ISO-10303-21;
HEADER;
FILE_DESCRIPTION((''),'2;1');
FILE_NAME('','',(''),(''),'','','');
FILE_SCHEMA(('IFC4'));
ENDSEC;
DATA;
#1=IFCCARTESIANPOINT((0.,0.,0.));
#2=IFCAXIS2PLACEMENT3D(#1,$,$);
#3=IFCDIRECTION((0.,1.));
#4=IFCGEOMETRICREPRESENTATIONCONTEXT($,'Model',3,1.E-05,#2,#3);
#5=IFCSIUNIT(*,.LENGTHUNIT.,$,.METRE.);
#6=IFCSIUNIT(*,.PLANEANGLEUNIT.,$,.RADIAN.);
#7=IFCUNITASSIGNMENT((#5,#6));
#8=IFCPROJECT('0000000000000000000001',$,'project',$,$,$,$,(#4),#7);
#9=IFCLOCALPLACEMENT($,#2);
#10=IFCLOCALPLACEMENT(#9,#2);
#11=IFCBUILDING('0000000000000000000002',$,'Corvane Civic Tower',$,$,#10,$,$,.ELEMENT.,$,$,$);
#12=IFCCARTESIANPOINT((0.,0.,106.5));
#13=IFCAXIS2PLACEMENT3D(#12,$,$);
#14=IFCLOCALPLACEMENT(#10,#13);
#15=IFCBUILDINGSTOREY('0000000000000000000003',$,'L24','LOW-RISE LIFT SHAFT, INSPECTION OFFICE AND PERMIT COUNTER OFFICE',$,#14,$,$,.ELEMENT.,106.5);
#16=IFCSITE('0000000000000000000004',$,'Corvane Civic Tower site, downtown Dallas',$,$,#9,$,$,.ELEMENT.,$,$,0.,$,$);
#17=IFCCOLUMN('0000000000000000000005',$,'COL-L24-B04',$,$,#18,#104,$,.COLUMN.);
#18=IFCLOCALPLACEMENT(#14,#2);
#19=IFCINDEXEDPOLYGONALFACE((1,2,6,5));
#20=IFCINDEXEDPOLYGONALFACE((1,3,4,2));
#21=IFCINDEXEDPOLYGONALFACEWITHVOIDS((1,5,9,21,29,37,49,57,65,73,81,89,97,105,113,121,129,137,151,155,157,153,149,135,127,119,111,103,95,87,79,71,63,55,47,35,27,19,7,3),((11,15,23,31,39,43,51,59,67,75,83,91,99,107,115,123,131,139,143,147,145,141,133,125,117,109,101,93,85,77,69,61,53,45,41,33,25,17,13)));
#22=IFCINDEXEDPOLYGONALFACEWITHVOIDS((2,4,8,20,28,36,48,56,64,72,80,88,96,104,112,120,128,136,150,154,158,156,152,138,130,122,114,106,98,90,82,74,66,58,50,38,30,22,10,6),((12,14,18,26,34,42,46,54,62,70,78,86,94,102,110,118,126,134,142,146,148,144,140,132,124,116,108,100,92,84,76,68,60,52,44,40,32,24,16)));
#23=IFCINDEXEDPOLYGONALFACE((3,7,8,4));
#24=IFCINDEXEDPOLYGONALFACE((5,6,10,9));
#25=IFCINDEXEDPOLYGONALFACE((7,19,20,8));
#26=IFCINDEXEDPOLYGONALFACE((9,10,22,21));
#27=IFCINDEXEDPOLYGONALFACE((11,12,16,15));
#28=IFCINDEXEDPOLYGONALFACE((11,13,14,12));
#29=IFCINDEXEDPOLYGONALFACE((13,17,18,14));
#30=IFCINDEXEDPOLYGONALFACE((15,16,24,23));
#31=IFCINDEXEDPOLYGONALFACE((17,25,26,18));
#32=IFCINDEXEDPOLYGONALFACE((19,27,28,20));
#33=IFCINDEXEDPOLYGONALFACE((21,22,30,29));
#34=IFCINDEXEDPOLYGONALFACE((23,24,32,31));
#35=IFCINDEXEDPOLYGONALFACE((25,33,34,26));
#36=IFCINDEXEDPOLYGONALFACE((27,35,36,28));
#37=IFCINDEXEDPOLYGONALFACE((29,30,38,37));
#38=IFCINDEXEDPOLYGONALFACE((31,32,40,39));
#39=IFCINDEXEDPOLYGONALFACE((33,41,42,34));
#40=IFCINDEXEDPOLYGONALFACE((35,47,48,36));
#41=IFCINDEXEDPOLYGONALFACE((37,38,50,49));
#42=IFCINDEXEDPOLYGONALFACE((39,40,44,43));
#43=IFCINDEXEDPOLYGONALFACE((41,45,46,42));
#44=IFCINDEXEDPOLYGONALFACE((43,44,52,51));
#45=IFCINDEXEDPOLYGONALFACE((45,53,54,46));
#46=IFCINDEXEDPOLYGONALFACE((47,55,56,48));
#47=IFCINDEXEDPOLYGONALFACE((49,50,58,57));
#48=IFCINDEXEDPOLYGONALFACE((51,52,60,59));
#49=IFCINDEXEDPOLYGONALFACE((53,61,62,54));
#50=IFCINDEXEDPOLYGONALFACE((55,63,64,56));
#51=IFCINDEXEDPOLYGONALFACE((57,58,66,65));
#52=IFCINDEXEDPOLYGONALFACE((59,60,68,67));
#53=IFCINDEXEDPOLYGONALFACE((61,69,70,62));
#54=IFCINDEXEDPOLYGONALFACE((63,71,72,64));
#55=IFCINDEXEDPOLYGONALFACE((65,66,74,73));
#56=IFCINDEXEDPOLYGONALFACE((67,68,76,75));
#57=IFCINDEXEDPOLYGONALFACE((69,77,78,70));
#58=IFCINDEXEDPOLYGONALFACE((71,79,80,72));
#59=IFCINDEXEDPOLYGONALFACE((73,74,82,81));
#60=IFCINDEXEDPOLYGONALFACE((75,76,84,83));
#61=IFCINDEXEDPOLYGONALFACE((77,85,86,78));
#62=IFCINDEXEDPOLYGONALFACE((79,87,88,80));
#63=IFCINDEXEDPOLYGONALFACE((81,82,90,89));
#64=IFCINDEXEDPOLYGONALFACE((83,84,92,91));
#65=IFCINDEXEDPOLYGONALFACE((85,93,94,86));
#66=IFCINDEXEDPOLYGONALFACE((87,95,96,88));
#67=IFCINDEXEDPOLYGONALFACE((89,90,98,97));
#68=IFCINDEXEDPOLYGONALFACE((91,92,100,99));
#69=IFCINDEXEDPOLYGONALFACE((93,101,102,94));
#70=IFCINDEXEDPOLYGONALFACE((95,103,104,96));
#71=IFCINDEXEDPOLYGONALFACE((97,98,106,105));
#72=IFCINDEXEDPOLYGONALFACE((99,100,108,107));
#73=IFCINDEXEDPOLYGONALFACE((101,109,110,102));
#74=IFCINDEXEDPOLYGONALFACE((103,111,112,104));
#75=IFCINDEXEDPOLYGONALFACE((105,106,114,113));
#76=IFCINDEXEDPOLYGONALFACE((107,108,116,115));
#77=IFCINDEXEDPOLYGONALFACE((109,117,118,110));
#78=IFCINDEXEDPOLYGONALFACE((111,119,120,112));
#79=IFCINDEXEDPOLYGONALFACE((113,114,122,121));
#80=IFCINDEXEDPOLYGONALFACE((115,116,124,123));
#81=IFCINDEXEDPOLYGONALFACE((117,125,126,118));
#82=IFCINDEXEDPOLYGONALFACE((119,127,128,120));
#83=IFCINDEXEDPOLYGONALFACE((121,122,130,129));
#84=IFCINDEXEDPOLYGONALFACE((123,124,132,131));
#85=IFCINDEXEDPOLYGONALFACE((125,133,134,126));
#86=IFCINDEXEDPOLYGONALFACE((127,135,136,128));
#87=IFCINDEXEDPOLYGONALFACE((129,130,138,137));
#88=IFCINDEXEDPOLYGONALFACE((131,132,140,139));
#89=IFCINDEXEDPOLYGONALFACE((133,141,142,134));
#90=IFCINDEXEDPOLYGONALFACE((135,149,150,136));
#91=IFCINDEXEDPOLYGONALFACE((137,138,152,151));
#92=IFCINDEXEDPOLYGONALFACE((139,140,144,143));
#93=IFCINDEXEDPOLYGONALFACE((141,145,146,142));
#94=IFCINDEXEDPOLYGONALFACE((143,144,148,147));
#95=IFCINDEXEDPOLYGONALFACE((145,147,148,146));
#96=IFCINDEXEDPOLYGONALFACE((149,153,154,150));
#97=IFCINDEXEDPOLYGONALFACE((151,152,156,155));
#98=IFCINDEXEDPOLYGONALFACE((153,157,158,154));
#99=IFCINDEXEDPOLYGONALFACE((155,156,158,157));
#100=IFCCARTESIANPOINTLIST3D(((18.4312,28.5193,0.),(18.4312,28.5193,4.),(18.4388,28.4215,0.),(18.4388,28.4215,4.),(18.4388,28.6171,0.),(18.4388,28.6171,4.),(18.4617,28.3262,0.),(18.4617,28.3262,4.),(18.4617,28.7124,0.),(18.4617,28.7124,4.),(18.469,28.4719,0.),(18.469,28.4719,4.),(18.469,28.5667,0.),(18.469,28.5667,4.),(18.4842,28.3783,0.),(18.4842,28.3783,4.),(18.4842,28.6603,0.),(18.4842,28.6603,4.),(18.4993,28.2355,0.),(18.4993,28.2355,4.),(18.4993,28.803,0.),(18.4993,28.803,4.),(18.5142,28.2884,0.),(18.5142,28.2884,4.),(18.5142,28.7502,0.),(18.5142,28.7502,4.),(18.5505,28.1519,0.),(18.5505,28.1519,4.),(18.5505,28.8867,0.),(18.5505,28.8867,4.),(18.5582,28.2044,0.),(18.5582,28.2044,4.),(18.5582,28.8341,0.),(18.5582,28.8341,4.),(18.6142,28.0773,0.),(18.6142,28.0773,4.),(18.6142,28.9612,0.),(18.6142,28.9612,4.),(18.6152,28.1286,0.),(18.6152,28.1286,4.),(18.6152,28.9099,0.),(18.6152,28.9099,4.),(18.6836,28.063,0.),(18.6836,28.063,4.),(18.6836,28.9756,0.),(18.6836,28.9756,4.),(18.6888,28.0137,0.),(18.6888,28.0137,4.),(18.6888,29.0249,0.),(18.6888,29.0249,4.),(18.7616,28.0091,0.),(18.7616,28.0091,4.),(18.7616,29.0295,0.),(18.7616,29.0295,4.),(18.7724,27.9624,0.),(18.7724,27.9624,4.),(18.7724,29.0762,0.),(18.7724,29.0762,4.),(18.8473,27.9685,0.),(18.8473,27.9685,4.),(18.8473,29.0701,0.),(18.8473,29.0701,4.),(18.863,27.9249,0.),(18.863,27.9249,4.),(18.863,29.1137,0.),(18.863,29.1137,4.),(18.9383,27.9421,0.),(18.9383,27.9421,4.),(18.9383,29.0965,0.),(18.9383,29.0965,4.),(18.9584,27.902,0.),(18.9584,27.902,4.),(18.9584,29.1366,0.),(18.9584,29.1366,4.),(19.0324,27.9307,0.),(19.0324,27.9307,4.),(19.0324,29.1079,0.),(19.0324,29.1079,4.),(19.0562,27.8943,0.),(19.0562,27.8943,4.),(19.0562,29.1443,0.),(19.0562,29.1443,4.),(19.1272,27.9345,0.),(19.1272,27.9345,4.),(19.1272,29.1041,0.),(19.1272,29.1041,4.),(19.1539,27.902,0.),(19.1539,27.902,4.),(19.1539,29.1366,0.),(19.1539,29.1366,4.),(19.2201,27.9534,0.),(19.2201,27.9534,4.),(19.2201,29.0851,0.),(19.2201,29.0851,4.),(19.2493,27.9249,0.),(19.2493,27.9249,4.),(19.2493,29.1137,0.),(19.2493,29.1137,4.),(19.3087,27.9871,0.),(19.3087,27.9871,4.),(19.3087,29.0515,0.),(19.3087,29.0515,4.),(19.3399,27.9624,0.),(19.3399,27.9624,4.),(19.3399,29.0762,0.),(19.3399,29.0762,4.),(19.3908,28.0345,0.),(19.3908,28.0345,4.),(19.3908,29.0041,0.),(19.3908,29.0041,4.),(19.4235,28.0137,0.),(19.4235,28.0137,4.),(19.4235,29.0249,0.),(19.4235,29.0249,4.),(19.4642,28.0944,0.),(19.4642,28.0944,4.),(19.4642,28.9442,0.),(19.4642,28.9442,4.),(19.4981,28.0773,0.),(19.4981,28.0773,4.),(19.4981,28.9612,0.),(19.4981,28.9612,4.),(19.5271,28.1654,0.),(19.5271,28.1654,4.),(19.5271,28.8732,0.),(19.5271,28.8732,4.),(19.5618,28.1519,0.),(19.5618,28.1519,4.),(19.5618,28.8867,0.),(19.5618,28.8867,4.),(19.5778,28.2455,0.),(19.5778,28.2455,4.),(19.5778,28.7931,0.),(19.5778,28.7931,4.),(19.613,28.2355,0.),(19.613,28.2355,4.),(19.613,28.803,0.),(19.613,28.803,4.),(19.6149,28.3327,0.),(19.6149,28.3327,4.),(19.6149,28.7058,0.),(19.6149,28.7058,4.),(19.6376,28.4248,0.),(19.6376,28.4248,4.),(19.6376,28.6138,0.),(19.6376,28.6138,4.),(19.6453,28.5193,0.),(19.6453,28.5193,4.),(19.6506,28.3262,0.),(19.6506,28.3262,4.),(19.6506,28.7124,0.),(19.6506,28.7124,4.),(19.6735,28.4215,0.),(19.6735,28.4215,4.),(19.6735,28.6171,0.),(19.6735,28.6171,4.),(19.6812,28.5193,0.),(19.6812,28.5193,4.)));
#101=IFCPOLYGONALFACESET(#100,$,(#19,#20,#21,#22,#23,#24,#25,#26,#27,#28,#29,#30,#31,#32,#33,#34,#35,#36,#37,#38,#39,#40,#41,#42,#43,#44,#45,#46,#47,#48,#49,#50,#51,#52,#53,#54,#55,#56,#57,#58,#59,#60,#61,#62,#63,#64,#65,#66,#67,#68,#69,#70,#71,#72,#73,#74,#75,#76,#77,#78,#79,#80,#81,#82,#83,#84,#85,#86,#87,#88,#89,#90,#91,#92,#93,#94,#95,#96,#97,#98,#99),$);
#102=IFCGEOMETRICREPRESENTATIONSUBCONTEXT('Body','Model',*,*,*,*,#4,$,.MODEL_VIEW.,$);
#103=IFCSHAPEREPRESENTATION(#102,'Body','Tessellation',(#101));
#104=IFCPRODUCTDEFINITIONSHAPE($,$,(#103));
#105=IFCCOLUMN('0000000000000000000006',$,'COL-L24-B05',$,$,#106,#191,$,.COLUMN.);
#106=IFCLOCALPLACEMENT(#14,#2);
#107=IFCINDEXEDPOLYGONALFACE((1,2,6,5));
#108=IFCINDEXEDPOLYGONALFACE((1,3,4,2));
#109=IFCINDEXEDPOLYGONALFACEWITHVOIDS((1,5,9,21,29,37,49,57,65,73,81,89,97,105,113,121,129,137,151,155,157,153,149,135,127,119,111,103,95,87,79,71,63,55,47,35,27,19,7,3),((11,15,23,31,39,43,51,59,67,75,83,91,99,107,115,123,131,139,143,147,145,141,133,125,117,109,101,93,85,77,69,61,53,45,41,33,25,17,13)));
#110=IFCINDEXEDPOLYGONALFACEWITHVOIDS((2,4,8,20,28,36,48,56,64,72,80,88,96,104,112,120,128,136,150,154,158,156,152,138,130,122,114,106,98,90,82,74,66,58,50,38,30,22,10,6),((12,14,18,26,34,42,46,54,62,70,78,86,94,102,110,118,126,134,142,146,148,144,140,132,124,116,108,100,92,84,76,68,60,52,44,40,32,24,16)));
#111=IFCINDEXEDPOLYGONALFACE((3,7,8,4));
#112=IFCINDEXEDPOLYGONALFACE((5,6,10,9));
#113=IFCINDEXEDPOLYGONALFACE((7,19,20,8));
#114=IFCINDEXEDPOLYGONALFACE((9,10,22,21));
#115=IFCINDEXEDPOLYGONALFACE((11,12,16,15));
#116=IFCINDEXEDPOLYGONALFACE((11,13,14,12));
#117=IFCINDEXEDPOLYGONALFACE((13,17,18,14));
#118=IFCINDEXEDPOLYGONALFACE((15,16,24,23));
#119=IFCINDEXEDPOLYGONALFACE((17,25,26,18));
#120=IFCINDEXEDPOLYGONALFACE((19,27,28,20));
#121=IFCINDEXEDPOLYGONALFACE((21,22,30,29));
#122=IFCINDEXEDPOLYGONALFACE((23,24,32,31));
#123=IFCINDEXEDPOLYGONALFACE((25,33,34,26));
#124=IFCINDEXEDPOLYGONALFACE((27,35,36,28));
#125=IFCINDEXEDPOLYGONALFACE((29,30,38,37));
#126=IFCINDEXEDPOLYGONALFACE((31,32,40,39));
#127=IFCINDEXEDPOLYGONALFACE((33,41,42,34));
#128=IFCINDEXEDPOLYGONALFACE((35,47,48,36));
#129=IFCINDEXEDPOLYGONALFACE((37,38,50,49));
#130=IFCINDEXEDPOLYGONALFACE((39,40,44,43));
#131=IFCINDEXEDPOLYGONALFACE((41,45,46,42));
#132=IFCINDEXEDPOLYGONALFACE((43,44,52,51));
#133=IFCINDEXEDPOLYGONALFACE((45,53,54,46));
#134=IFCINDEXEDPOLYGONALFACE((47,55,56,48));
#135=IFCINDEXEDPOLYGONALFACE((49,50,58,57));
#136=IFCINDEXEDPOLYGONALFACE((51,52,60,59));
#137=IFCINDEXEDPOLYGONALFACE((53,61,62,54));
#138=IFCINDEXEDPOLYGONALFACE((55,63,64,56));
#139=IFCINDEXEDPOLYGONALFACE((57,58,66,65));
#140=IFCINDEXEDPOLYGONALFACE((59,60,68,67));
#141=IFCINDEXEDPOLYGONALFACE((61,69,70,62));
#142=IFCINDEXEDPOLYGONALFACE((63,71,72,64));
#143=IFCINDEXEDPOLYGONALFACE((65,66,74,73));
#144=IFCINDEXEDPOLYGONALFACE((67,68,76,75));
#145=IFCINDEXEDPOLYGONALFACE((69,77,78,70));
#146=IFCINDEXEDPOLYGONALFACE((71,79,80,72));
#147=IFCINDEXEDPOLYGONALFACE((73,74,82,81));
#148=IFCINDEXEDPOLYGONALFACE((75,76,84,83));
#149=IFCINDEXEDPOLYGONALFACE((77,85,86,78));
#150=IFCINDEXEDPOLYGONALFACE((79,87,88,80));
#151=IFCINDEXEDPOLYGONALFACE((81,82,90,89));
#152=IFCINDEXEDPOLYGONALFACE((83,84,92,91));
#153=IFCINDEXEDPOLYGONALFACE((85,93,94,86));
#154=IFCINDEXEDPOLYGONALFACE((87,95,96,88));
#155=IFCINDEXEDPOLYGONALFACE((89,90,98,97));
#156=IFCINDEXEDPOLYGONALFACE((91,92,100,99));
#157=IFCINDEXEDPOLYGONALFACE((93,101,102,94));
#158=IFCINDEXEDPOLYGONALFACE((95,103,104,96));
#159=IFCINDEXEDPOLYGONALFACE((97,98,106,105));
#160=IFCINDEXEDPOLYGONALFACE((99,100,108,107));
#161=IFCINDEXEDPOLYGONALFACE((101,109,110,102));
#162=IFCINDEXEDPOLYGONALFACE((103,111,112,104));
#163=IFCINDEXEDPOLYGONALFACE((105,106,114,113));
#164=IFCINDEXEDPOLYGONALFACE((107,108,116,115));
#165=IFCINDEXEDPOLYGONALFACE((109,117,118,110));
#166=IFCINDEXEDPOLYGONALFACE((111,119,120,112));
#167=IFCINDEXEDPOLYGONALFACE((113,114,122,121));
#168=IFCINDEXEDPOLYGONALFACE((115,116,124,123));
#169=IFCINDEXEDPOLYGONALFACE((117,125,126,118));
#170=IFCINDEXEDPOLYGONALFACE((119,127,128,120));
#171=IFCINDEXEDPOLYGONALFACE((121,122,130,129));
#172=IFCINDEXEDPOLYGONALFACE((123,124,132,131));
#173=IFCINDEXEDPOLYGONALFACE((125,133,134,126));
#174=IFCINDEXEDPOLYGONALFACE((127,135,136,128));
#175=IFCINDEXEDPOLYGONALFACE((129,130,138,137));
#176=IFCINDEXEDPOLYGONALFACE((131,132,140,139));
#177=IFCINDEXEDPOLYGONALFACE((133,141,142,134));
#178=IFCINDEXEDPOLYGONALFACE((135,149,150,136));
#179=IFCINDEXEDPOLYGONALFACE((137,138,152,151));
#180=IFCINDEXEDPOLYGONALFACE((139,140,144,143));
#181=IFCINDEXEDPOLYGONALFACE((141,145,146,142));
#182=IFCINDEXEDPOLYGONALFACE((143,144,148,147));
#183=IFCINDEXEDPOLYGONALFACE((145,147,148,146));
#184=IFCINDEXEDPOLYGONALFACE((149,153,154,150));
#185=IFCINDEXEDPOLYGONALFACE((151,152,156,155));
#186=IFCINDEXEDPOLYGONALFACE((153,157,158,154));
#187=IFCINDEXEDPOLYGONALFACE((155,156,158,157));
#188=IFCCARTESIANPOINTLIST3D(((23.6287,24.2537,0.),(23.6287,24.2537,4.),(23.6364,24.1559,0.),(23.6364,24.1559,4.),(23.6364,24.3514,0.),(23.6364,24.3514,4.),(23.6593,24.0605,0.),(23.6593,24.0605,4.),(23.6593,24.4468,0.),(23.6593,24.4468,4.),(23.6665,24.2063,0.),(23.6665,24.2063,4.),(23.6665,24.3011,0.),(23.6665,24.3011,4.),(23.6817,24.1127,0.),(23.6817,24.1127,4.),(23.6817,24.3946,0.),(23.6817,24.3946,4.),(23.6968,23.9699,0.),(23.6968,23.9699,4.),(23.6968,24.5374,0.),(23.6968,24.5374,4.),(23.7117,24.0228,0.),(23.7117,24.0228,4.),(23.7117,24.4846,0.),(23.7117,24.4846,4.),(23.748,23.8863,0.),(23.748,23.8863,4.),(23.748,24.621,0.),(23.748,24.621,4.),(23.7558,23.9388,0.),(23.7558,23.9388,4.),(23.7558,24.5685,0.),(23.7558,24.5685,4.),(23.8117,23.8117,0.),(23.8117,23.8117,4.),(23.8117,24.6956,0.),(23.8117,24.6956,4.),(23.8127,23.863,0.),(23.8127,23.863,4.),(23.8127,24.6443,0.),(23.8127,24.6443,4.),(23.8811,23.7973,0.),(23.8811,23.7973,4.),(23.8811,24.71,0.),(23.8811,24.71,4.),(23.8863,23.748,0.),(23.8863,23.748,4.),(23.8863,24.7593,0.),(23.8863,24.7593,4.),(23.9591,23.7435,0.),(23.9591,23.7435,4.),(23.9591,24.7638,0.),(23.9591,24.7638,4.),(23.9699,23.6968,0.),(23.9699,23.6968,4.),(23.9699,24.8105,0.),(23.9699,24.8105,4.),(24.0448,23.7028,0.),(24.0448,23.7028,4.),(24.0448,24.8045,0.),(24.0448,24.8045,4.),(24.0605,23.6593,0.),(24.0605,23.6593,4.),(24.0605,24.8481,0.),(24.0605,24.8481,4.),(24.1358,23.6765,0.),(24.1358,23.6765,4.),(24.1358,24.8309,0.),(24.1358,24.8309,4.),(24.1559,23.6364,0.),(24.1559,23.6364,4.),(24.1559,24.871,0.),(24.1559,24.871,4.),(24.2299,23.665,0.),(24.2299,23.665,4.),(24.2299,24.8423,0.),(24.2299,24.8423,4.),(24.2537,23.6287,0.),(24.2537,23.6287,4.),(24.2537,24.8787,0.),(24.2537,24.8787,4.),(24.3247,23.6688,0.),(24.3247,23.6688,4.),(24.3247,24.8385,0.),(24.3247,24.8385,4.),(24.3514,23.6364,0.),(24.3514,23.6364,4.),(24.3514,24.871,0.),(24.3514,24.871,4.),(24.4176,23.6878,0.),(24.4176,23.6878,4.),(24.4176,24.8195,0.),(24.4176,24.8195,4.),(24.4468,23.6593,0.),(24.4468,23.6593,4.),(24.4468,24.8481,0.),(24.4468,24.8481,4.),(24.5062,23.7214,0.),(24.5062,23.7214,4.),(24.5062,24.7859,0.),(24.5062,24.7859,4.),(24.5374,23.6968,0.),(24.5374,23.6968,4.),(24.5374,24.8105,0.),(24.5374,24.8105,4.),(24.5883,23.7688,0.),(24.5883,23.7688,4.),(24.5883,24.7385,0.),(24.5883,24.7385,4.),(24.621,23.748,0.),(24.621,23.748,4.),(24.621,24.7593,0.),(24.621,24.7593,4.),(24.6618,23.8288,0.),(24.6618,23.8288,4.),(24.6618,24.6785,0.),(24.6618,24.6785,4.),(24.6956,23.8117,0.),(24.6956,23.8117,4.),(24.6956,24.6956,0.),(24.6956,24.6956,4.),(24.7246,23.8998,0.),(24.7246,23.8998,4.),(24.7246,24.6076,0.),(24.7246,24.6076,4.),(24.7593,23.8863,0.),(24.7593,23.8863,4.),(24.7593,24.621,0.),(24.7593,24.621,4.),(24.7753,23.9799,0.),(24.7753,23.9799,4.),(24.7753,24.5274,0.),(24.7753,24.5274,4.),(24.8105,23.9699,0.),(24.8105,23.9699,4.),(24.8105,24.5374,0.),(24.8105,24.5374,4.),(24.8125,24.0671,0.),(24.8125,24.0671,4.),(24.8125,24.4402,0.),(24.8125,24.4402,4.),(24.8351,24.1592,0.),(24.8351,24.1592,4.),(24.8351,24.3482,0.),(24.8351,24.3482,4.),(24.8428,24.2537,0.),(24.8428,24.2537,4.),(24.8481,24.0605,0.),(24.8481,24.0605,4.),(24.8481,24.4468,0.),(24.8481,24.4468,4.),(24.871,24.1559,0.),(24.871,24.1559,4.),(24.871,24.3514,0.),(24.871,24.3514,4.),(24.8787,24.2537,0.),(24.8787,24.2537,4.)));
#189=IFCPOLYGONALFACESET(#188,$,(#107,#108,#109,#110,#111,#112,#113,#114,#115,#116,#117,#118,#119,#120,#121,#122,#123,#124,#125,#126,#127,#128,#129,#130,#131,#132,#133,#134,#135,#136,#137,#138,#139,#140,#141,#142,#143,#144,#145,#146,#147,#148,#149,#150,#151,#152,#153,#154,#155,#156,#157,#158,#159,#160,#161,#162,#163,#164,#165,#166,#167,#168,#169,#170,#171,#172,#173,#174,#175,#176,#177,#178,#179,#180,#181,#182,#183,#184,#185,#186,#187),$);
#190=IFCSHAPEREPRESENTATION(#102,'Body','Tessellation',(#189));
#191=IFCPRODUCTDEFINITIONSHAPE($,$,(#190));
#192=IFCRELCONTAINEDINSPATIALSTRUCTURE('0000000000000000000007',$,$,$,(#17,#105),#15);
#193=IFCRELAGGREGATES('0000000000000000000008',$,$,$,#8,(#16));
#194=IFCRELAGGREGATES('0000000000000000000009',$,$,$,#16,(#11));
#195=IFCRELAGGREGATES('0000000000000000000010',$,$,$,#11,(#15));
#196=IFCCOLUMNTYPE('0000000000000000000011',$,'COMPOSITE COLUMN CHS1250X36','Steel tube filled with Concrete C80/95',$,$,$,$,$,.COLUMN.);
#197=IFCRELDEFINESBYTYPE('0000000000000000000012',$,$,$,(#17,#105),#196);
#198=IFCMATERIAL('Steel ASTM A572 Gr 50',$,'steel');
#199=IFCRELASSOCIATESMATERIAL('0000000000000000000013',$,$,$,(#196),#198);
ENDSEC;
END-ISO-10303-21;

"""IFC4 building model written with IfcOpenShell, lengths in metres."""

from ifc_helpers import new_model, si_unit, direction, frame, origin, origin_2d, place, context, subcontext, project, spatial, hollow_circle, extrude, material, material_profile, profile_set, type_object, element, save


model = new_model("IFC4")

# Units and contexts
model_context = context("Model", 3, precision=1e-05, world=origin(), true_north=direction((0.0, 1.0)))
body_context = subcontext(model_context, "Body", "Model", "MODEL_VIEW")
ifc_project = project(units=[si_unit("LENGTHUNIT", "METRE"), si_unit("PLANEANGLEUNIT", "RADIAN")], contexts=[model_context])

# Site, building, storey
site_placement = place(None, origin())
site = spatial("IfcSite", under=ifc_project, at=site_placement, Name="Corvane Civic Tower site, downtown Dallas", CompositionType="ELEMENT", RefElevation=0.0)
building_placement = place(site_placement, origin())
building = spatial("IfcBuilding", under=site, at=building_placement, Name="Corvane Civic Tower", CompositionType="ELEMENT")
storey_placement = place(building_placement, frame((0.0, 0.0, 106.5)))
storey = spatial("IfcBuildingStorey", under=building, at=storey_placement, Name="L24", Description="LOW-RISE LIFT SHAFT, INSPECTION OFFICE AND PERMIT COUNTER OFFICE", CompositionType="ELEMENT", Elevation=106.5)

# Columns
ifc_material_1 = material(Name="Steel ASTM A572 Gr 50", Category="steel")
ifc_material_profile_1 = material_profile(ifc_material_1, hollow_circle(Radius=0.625, WallThickness=0.0359, at=origin_2d()), Name="CHS1250X36")
ifc_profile_set_1 = profile_set([ifc_material_profile_1], Name="Steel ASTM A572 Gr 50")
column_type = type_object("IfcColumnType", Name="COMPOSITE COLUMN CHS1250X36", Description="Steel tube filled with Concrete C80/95", PredefinedType="COLUMN", material=ifc_profile_set_1)
for number, where, z_axis, x_axis, name in (
    (1, (19.0562, 28.5193, 0.0), (0.0, 0.0, 1.0), (1.0, 0.0, 0.0), "COL-L24-B04"),
    (2, (24.2537, 24.2537, 0.0), (0.0, 0.0, 1.0), (1.0, 0.0, 0.0), "COL-L24-B05"),
):
    element("IfcColumn", number, at=place(storey_placement, frame(where, z_axis=z_axis, x_axis=x_axis)), inside=storey, type_object=column_type, Name=name, PredefinedType="COLUMN", context=body_context, shape_type="SweptSolid", body=[
        extrude(hollow_circle(Radius=0.625, WallThickness=0.0359, at=origin_2d()), origin(), (0.0, 0.0, 1.0), 4.0),
    ])

save(model, "model.ifc")
